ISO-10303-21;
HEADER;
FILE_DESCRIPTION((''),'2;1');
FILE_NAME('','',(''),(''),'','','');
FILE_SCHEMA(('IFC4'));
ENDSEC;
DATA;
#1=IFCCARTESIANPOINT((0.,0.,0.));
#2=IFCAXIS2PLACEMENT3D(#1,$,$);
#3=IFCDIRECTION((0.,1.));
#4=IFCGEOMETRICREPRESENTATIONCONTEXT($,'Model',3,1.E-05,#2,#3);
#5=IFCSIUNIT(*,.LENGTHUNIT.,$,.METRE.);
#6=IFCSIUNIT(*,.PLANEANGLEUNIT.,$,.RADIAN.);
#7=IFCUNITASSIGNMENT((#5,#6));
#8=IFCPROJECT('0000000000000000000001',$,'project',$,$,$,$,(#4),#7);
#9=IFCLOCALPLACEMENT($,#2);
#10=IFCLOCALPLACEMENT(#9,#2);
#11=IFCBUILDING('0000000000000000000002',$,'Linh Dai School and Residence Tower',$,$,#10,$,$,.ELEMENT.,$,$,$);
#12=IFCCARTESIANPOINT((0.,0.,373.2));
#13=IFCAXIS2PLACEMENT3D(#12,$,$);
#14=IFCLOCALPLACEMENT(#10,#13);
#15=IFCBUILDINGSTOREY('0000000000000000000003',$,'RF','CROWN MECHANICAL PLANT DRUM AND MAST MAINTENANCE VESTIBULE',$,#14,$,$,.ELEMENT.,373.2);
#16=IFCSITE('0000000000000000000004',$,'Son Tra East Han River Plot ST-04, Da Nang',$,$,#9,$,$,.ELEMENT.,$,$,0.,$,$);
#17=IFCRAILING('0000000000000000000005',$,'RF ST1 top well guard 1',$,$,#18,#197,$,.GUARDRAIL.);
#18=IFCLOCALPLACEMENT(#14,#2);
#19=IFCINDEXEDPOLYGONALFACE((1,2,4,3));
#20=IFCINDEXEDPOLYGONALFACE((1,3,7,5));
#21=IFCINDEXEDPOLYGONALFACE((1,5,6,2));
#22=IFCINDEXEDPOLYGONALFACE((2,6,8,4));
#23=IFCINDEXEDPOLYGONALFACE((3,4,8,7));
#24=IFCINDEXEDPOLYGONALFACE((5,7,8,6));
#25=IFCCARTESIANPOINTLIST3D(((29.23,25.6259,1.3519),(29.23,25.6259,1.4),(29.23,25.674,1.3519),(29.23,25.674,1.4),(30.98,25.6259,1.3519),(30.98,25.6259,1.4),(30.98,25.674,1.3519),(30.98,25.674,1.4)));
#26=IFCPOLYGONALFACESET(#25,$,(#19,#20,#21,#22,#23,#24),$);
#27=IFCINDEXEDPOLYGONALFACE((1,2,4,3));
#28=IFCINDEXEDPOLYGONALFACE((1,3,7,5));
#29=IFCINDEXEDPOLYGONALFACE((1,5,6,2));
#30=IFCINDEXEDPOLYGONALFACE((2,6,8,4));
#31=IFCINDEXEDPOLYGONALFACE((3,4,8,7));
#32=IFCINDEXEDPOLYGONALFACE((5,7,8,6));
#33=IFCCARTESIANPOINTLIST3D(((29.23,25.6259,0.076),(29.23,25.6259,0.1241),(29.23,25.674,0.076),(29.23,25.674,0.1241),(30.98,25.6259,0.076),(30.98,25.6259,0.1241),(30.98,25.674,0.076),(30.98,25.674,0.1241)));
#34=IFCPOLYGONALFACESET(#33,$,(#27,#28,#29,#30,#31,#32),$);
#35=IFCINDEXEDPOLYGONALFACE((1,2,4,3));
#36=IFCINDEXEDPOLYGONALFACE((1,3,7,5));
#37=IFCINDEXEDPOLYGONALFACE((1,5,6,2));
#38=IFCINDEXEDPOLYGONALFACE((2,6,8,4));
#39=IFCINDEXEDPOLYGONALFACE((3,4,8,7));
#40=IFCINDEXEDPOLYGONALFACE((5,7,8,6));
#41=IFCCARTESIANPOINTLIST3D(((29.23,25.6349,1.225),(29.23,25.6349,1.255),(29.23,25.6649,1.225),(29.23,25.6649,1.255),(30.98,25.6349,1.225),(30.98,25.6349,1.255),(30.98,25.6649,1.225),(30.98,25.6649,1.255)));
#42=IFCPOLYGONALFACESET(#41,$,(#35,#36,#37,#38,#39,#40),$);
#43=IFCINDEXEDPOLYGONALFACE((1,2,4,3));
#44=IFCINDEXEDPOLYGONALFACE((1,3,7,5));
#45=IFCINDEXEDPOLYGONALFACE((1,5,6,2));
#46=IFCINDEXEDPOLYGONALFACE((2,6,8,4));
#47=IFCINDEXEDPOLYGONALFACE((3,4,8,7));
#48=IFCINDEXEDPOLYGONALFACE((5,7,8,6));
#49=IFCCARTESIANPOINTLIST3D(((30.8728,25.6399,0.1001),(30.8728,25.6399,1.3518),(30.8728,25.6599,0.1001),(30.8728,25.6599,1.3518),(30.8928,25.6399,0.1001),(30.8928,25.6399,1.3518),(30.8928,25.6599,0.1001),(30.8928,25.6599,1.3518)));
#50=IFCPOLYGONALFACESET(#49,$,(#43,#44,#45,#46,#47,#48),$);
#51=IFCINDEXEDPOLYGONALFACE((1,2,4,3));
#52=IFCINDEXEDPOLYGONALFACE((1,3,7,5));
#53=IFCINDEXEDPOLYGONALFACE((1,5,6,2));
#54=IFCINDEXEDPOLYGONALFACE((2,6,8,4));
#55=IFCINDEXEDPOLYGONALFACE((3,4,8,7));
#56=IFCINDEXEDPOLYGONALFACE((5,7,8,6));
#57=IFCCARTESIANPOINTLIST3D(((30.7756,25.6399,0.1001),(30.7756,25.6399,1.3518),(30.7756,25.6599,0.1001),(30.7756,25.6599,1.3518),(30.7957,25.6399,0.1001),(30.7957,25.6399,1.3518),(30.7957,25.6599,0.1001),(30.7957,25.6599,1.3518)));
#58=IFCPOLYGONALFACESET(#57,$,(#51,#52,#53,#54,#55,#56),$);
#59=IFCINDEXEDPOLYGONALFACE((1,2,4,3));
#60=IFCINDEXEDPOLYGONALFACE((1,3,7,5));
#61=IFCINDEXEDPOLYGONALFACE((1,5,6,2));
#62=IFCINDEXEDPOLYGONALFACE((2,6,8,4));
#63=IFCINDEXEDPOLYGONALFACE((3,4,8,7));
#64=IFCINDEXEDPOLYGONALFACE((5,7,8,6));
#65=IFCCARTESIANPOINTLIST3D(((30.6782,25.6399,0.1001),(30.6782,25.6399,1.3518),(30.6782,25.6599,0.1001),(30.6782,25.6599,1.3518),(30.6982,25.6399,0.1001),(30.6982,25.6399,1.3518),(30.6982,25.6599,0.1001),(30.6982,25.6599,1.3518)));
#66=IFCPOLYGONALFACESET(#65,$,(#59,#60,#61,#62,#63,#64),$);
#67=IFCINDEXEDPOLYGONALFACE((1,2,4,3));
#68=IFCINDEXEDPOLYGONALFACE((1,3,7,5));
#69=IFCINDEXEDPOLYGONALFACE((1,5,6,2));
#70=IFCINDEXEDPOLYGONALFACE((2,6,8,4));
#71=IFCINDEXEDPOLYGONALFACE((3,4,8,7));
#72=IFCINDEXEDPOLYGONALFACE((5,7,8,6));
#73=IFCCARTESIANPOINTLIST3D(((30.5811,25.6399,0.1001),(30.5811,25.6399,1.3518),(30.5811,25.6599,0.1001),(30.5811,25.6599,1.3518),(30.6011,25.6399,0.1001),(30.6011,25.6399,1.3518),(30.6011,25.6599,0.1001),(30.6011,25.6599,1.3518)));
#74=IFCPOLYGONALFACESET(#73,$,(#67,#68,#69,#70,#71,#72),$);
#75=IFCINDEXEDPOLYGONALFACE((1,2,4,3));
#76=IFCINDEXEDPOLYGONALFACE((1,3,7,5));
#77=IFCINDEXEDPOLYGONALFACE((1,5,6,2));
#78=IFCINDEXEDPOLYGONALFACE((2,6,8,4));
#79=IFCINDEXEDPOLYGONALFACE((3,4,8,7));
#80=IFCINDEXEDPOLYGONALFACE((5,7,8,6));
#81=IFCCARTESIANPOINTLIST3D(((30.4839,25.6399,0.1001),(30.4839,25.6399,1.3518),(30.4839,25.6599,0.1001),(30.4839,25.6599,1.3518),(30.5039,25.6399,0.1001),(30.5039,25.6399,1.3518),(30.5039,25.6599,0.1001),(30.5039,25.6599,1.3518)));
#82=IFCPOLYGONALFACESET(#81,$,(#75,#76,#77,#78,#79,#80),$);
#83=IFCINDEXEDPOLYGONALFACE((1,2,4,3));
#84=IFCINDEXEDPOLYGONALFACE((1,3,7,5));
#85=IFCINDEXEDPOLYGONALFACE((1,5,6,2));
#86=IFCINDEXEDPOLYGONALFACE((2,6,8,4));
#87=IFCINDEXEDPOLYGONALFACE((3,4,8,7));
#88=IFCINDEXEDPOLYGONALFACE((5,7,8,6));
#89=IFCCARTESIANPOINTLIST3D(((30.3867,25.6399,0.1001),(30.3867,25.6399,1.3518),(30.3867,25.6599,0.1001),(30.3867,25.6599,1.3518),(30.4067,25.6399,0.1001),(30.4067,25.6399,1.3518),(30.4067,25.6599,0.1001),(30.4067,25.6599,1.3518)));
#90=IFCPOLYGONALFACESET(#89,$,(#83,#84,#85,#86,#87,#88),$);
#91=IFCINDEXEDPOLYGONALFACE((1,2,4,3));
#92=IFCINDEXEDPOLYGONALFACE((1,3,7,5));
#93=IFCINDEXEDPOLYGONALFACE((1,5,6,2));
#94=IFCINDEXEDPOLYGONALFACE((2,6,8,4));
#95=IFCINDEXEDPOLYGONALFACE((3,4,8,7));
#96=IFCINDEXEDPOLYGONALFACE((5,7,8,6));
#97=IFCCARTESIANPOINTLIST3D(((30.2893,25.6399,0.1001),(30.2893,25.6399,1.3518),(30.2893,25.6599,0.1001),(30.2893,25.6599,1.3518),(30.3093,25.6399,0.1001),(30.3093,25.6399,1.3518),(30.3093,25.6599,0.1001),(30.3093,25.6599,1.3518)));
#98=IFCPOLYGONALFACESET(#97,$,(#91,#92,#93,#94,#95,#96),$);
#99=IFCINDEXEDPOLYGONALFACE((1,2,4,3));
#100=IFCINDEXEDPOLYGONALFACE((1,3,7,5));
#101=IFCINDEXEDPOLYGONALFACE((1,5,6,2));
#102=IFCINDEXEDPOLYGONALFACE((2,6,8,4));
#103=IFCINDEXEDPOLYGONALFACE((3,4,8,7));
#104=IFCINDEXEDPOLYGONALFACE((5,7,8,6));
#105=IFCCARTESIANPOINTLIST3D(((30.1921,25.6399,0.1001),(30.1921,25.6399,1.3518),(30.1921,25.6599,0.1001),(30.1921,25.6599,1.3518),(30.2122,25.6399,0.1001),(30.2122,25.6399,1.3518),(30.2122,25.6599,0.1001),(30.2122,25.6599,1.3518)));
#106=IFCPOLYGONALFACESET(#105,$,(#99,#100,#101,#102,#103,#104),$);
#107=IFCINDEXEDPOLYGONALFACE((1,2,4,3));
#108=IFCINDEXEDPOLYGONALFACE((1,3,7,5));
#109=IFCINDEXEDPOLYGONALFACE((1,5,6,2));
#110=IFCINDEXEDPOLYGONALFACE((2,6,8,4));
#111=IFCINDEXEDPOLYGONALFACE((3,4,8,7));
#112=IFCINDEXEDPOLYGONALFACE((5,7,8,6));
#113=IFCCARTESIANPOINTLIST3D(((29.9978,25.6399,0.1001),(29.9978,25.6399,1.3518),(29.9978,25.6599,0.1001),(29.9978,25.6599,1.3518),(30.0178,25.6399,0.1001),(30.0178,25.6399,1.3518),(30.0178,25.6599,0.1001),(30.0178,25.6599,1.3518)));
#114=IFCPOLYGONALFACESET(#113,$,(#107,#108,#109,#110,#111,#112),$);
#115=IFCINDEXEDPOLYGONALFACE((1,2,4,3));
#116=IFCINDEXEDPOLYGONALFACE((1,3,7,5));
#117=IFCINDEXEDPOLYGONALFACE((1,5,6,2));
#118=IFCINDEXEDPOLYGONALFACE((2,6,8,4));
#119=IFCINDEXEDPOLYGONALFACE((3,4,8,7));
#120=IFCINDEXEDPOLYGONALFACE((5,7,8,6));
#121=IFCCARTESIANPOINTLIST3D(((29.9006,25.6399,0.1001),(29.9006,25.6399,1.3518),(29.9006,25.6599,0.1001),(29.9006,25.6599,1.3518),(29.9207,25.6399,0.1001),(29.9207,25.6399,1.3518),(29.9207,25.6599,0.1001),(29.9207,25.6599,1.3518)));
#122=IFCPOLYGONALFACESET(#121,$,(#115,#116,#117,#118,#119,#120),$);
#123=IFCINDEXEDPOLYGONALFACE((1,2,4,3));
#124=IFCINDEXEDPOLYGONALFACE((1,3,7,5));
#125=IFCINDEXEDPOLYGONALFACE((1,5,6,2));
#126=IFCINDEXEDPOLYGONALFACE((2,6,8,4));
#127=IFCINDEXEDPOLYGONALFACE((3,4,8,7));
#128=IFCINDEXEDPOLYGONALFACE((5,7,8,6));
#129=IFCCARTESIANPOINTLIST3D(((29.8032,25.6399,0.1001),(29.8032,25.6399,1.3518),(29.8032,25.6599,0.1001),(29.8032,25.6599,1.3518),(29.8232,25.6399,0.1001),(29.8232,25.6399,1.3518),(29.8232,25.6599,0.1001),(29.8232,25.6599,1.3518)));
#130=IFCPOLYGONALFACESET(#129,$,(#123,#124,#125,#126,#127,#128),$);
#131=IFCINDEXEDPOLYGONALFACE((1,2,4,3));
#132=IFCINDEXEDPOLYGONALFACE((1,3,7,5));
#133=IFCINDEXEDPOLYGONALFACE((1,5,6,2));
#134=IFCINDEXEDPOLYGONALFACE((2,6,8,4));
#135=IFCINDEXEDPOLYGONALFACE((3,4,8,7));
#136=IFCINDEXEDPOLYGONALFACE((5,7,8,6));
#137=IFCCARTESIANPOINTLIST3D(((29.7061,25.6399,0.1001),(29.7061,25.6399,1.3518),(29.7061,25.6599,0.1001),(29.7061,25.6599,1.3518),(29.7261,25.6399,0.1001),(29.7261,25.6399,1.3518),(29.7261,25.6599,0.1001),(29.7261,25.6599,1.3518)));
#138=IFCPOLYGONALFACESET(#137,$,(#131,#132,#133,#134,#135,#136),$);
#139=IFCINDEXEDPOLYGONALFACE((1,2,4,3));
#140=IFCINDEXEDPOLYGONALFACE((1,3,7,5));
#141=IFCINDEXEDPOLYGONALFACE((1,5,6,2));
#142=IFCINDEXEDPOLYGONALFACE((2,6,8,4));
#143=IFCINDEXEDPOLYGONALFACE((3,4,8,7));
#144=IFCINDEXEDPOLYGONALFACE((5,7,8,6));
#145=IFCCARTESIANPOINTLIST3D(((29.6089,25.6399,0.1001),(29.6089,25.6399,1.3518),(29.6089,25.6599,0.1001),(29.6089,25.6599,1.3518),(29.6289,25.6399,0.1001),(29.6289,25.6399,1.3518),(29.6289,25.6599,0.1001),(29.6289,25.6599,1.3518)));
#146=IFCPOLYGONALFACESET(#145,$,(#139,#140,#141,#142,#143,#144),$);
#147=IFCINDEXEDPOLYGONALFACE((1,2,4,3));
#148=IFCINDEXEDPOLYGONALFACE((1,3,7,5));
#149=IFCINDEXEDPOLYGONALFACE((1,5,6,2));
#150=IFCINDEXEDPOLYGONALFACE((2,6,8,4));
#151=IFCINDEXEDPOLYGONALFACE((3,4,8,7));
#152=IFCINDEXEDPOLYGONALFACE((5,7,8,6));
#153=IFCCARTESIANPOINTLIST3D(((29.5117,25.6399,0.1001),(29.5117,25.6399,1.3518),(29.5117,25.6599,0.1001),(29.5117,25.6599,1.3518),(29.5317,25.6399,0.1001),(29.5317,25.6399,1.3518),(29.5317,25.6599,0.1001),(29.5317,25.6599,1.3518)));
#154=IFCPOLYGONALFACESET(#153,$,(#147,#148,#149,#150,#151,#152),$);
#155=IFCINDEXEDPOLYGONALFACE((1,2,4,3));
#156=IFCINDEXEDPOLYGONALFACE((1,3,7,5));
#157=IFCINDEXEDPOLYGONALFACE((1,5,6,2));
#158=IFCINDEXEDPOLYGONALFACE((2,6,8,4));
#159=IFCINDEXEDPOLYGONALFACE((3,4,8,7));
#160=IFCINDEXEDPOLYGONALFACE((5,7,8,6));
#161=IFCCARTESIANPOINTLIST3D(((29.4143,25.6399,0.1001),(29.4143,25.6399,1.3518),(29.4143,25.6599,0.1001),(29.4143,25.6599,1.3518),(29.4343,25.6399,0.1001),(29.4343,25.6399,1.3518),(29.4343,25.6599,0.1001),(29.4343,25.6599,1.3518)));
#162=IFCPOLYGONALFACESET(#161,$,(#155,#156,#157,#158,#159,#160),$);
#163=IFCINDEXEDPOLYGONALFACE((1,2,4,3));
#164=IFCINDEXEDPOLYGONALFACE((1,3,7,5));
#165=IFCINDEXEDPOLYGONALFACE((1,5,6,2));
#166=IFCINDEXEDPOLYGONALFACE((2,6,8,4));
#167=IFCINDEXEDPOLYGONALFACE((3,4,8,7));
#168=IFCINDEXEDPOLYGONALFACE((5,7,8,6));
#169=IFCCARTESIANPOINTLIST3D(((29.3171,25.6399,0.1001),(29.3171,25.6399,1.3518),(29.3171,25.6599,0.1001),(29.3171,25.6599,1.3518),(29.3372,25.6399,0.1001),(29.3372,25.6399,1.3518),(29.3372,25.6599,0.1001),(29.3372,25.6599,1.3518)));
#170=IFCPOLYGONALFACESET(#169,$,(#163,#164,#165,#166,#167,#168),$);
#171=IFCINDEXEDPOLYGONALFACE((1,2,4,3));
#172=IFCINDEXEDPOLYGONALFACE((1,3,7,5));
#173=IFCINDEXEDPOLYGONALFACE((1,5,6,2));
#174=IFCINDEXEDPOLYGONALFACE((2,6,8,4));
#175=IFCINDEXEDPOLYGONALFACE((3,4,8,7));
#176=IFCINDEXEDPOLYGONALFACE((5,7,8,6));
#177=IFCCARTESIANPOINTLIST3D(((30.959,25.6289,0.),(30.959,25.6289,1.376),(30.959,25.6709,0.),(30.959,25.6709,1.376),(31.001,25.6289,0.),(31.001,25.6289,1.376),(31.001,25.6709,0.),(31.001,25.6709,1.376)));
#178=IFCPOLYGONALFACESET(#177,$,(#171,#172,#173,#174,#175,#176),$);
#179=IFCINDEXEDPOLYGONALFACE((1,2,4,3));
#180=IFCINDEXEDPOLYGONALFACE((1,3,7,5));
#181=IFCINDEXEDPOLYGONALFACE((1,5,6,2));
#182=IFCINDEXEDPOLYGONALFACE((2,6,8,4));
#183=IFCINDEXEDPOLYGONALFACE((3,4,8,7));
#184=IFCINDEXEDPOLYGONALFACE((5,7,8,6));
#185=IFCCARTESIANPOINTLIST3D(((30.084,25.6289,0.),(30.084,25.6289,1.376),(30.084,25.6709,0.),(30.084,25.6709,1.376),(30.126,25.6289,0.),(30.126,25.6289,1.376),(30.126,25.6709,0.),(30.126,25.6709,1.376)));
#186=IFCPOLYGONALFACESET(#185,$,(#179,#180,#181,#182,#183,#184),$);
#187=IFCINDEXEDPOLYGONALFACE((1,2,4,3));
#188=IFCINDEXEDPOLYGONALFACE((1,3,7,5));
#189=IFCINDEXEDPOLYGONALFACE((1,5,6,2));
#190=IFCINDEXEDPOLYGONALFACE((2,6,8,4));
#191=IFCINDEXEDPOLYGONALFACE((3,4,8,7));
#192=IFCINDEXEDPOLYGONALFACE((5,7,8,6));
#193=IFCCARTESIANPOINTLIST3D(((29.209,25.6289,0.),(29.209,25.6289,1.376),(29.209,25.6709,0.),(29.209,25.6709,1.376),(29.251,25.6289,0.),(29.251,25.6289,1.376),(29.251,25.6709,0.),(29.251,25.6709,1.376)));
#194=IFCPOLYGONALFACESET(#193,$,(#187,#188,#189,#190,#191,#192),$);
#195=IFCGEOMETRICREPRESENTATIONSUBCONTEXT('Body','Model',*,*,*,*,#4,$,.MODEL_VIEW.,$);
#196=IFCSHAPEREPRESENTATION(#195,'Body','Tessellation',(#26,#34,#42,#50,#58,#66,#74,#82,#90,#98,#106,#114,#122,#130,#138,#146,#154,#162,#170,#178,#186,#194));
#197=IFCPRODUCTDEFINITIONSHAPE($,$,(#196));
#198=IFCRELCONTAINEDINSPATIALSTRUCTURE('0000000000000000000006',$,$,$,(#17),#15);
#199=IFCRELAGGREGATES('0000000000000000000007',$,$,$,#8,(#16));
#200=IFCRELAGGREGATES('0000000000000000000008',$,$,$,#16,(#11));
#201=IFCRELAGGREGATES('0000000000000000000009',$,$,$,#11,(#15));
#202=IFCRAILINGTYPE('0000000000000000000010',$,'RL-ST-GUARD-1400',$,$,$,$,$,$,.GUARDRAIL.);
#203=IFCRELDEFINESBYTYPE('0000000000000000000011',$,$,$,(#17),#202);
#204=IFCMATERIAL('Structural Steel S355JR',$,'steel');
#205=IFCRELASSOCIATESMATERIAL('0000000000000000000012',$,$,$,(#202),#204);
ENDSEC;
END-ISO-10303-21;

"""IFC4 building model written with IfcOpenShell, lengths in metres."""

from ifc_helpers import new_model, si_unit, direction, frame, origin, origin_2d, place, context, subcontext, project, spatial, rectangle, extrude, source, transform, mapped, material, type_object, element, save


model = new_model("IFC4")

# Units and contexts
model_context = context("Model", 3, precision=1e-05, world=origin(), true_north=direction((0.0, 1.0)))
body_context = subcontext(model_context, "Body", "Model", "MODEL_VIEW")
ifc_project = project(units=[si_unit("LENGTHUNIT", "METRE"), si_unit("PLANEANGLEUNIT", "RADIAN")], contexts=[model_context])

# Site, building, storey
site_placement = place(None, origin())
site = spatial("IfcSite", under=ifc_project, at=site_placement, Name="Son Tra East Han River Plot ST-04, Da Nang", CompositionType="ELEMENT", RefElevation=0.0)
building_placement = place(site_placement, origin())
building = spatial("IfcBuilding", under=site, at=building_placement, Name="Linh Dai School and Residence Tower", CompositionType="ELEMENT")
storey_placement = place(building_placement, frame((0.0, 0.0, 373.2)))
storey = spatial("IfcBuildingStorey", under=building, at=storey_placement, Name="RF", Description="CROWN MECHANICAL PLANT DRUM AND MAST MAINTENANCE VESTIBULE", CompositionType="ELEMENT", Elevation=373.2)

# Shared definitions
ifc_material_1 = material(Name="Structural Steel S355JR", Category="steel")

# Railing
railing_type = type_object("IfcRailingType", Name="RL-ST-GUARD-1400", PredefinedType="GUARDRAIL", material=ifc_material_1)
shared_shape_1 = source(origin(), body_context, "Body", "SweptSolid", [
    extrude(rectangle(XDim=0.0481, YDim=0.0481, at=origin_2d()), frame((0.0, 0.0, 1.376), z_axis=(-1.0, 0.0, 0.0), x_axis=(0.0, -1.0, 0.0)), (0.0, 0.0, 1.0), 1.75),
    extrude(rectangle(XDim=0.0481, YDim=0.0481, at=origin_2d()), frame((0.0, 0.0, 0.1001), z_axis=(-1.0, 0.0, 0.0), x_axis=(0.0, -1.0, 0.0)), (0.0, 0.0, 1.0), 1.75),
    extrude(rectangle(XDim=0.03, YDim=0.03, at=origin_2d()), frame((0.0, 0.0, 1.24), z_axis=(-1.0, 0.0, 0.0), x_axis=(0.0, -1.0, 0.0)), (0.0, 0.0, 1.0), 1.75),
    extrude(rectangle(XDim=0.02, YDim=0.02, at=origin_2d()), frame((-0.0972, 0.0, 0.1001)), (0.0, 0.0, 1.0), 1.2517),
    extrude(rectangle(XDim=0.02, YDim=0.02, at=origin_2d()), frame((-0.1943, 0.0, 0.1001)), (0.0, 0.0, 1.0), 1.2517),
    extrude(rectangle(XDim=0.02, YDim=0.02, at=origin_2d()), frame((-0.2917, 0.0, 0.1001)), (0.0, 0.0, 1.0), 1.2517),
    extrude(rectangle(XDim=0.02, YDim=0.02, at=origin_2d()), frame((-0.3889, 0.0, 0.1001)), (0.0, 0.0, 1.0), 1.2517),
    extrude(rectangle(XDim=0.02, YDim=0.02, at=origin_2d()), frame((-0.4861, 0.0, 0.1001)), (0.0, 0.0, 1.0), 1.2517),
    extrude(rectangle(XDim=0.02, YDim=0.02, at=origin_2d()), frame((-0.5833, 0.0, 0.1001)), (0.0, 0.0, 1.0), 1.2517),
    extrude(rectangle(XDim=0.02, YDim=0.02, at=origin_2d()), frame((-0.6807, 0.0, 0.1001)), (0.0, 0.0, 1.0), 1.2517),
    extrude(rectangle(XDim=0.02, YDim=0.02, at=origin_2d()), frame((-0.7778, 0.0, 0.1001)), (0.0, 0.0, 1.0), 1.2517),
    extrude(rectangle(XDim=0.02, YDim=0.02, at=origin_2d()), frame((-0.9722, 0.0, 0.1001)), (0.0, 0.0, 1.0), 1.2517),
    extrude(rectangle(XDim=0.02, YDim=0.02, at=origin_2d()), frame((-1.0693, 0.0, 0.1001)), (0.0, 0.0, 1.0), 1.2517),
    extrude(rectangle(XDim=0.02, YDim=0.02, at=origin_2d()), frame((-1.1667, 0.0, 0.1001)), (0.0, 0.0, 1.0), 1.2517),
    extrude(rectangle(XDim=0.02, YDim=0.02, at=origin_2d()), frame((-1.2639, 0.0, 0.1001)), (0.0, 0.0, 1.0), 1.2517),
    extrude(rectangle(XDim=0.02, YDim=0.02, at=origin_2d()), frame((-1.3611, 0.0, 0.1001)), (0.0, 0.0, 1.0), 1.2517),
    extrude(rectangle(XDim=0.02, YDim=0.02, at=origin_2d()), frame((-1.4583, 0.0, 0.1001)), (0.0, 0.0, 1.0), 1.2517),
    extrude(rectangle(XDim=0.02, YDim=0.02, at=origin_2d()), frame((-1.5557, 0.0, 0.1001)), (0.0, 0.0, 1.0), 1.2517),
    extrude(rectangle(XDim=0.02, YDim=0.02, at=origin_2d()), frame((-1.6528, 0.0, 0.1001)), (0.0, 0.0, 1.0), 1.2517),
    extrude(rectangle(XDim=0.042, YDim=0.042, at=origin_2d()), origin(), (0.0, 0.0, 1.0), 1.376),
    extrude(rectangle(XDim=0.042, YDim=0.042, at=origin_2d()), frame((-0.875, 0.0, 0.0)), (0.0, 0.0, 1.0), 1.376),
    extrude(rectangle(XDim=0.042, YDim=0.042, at=origin_2d()), frame((-1.75, 0.0, 0.0)), (0.0, 0.0, 1.0), 1.376),
])
railing_1_placement = place(storey_placement, frame((30.98, 25.6499, 0.0)))
element("IfcRailing", 1, at=railing_1_placement, inside=storey, type_object=railing_type, Name="RF ST1 top well guard 1", PredefinedType="GUARDRAIL", context=body_context, shape_type="MappedRepresentation", body=[
    mapped(shared_shape_1, transform((0.0, 0.0, 0.0), x_axis=(1.0, 0.0, 0.0), y_axis=(0.0, 1.0, 0.0), z_axis=(0.0, 0.0, 1.0), scale=1.0)),
])

save(model, "model.ifc")
